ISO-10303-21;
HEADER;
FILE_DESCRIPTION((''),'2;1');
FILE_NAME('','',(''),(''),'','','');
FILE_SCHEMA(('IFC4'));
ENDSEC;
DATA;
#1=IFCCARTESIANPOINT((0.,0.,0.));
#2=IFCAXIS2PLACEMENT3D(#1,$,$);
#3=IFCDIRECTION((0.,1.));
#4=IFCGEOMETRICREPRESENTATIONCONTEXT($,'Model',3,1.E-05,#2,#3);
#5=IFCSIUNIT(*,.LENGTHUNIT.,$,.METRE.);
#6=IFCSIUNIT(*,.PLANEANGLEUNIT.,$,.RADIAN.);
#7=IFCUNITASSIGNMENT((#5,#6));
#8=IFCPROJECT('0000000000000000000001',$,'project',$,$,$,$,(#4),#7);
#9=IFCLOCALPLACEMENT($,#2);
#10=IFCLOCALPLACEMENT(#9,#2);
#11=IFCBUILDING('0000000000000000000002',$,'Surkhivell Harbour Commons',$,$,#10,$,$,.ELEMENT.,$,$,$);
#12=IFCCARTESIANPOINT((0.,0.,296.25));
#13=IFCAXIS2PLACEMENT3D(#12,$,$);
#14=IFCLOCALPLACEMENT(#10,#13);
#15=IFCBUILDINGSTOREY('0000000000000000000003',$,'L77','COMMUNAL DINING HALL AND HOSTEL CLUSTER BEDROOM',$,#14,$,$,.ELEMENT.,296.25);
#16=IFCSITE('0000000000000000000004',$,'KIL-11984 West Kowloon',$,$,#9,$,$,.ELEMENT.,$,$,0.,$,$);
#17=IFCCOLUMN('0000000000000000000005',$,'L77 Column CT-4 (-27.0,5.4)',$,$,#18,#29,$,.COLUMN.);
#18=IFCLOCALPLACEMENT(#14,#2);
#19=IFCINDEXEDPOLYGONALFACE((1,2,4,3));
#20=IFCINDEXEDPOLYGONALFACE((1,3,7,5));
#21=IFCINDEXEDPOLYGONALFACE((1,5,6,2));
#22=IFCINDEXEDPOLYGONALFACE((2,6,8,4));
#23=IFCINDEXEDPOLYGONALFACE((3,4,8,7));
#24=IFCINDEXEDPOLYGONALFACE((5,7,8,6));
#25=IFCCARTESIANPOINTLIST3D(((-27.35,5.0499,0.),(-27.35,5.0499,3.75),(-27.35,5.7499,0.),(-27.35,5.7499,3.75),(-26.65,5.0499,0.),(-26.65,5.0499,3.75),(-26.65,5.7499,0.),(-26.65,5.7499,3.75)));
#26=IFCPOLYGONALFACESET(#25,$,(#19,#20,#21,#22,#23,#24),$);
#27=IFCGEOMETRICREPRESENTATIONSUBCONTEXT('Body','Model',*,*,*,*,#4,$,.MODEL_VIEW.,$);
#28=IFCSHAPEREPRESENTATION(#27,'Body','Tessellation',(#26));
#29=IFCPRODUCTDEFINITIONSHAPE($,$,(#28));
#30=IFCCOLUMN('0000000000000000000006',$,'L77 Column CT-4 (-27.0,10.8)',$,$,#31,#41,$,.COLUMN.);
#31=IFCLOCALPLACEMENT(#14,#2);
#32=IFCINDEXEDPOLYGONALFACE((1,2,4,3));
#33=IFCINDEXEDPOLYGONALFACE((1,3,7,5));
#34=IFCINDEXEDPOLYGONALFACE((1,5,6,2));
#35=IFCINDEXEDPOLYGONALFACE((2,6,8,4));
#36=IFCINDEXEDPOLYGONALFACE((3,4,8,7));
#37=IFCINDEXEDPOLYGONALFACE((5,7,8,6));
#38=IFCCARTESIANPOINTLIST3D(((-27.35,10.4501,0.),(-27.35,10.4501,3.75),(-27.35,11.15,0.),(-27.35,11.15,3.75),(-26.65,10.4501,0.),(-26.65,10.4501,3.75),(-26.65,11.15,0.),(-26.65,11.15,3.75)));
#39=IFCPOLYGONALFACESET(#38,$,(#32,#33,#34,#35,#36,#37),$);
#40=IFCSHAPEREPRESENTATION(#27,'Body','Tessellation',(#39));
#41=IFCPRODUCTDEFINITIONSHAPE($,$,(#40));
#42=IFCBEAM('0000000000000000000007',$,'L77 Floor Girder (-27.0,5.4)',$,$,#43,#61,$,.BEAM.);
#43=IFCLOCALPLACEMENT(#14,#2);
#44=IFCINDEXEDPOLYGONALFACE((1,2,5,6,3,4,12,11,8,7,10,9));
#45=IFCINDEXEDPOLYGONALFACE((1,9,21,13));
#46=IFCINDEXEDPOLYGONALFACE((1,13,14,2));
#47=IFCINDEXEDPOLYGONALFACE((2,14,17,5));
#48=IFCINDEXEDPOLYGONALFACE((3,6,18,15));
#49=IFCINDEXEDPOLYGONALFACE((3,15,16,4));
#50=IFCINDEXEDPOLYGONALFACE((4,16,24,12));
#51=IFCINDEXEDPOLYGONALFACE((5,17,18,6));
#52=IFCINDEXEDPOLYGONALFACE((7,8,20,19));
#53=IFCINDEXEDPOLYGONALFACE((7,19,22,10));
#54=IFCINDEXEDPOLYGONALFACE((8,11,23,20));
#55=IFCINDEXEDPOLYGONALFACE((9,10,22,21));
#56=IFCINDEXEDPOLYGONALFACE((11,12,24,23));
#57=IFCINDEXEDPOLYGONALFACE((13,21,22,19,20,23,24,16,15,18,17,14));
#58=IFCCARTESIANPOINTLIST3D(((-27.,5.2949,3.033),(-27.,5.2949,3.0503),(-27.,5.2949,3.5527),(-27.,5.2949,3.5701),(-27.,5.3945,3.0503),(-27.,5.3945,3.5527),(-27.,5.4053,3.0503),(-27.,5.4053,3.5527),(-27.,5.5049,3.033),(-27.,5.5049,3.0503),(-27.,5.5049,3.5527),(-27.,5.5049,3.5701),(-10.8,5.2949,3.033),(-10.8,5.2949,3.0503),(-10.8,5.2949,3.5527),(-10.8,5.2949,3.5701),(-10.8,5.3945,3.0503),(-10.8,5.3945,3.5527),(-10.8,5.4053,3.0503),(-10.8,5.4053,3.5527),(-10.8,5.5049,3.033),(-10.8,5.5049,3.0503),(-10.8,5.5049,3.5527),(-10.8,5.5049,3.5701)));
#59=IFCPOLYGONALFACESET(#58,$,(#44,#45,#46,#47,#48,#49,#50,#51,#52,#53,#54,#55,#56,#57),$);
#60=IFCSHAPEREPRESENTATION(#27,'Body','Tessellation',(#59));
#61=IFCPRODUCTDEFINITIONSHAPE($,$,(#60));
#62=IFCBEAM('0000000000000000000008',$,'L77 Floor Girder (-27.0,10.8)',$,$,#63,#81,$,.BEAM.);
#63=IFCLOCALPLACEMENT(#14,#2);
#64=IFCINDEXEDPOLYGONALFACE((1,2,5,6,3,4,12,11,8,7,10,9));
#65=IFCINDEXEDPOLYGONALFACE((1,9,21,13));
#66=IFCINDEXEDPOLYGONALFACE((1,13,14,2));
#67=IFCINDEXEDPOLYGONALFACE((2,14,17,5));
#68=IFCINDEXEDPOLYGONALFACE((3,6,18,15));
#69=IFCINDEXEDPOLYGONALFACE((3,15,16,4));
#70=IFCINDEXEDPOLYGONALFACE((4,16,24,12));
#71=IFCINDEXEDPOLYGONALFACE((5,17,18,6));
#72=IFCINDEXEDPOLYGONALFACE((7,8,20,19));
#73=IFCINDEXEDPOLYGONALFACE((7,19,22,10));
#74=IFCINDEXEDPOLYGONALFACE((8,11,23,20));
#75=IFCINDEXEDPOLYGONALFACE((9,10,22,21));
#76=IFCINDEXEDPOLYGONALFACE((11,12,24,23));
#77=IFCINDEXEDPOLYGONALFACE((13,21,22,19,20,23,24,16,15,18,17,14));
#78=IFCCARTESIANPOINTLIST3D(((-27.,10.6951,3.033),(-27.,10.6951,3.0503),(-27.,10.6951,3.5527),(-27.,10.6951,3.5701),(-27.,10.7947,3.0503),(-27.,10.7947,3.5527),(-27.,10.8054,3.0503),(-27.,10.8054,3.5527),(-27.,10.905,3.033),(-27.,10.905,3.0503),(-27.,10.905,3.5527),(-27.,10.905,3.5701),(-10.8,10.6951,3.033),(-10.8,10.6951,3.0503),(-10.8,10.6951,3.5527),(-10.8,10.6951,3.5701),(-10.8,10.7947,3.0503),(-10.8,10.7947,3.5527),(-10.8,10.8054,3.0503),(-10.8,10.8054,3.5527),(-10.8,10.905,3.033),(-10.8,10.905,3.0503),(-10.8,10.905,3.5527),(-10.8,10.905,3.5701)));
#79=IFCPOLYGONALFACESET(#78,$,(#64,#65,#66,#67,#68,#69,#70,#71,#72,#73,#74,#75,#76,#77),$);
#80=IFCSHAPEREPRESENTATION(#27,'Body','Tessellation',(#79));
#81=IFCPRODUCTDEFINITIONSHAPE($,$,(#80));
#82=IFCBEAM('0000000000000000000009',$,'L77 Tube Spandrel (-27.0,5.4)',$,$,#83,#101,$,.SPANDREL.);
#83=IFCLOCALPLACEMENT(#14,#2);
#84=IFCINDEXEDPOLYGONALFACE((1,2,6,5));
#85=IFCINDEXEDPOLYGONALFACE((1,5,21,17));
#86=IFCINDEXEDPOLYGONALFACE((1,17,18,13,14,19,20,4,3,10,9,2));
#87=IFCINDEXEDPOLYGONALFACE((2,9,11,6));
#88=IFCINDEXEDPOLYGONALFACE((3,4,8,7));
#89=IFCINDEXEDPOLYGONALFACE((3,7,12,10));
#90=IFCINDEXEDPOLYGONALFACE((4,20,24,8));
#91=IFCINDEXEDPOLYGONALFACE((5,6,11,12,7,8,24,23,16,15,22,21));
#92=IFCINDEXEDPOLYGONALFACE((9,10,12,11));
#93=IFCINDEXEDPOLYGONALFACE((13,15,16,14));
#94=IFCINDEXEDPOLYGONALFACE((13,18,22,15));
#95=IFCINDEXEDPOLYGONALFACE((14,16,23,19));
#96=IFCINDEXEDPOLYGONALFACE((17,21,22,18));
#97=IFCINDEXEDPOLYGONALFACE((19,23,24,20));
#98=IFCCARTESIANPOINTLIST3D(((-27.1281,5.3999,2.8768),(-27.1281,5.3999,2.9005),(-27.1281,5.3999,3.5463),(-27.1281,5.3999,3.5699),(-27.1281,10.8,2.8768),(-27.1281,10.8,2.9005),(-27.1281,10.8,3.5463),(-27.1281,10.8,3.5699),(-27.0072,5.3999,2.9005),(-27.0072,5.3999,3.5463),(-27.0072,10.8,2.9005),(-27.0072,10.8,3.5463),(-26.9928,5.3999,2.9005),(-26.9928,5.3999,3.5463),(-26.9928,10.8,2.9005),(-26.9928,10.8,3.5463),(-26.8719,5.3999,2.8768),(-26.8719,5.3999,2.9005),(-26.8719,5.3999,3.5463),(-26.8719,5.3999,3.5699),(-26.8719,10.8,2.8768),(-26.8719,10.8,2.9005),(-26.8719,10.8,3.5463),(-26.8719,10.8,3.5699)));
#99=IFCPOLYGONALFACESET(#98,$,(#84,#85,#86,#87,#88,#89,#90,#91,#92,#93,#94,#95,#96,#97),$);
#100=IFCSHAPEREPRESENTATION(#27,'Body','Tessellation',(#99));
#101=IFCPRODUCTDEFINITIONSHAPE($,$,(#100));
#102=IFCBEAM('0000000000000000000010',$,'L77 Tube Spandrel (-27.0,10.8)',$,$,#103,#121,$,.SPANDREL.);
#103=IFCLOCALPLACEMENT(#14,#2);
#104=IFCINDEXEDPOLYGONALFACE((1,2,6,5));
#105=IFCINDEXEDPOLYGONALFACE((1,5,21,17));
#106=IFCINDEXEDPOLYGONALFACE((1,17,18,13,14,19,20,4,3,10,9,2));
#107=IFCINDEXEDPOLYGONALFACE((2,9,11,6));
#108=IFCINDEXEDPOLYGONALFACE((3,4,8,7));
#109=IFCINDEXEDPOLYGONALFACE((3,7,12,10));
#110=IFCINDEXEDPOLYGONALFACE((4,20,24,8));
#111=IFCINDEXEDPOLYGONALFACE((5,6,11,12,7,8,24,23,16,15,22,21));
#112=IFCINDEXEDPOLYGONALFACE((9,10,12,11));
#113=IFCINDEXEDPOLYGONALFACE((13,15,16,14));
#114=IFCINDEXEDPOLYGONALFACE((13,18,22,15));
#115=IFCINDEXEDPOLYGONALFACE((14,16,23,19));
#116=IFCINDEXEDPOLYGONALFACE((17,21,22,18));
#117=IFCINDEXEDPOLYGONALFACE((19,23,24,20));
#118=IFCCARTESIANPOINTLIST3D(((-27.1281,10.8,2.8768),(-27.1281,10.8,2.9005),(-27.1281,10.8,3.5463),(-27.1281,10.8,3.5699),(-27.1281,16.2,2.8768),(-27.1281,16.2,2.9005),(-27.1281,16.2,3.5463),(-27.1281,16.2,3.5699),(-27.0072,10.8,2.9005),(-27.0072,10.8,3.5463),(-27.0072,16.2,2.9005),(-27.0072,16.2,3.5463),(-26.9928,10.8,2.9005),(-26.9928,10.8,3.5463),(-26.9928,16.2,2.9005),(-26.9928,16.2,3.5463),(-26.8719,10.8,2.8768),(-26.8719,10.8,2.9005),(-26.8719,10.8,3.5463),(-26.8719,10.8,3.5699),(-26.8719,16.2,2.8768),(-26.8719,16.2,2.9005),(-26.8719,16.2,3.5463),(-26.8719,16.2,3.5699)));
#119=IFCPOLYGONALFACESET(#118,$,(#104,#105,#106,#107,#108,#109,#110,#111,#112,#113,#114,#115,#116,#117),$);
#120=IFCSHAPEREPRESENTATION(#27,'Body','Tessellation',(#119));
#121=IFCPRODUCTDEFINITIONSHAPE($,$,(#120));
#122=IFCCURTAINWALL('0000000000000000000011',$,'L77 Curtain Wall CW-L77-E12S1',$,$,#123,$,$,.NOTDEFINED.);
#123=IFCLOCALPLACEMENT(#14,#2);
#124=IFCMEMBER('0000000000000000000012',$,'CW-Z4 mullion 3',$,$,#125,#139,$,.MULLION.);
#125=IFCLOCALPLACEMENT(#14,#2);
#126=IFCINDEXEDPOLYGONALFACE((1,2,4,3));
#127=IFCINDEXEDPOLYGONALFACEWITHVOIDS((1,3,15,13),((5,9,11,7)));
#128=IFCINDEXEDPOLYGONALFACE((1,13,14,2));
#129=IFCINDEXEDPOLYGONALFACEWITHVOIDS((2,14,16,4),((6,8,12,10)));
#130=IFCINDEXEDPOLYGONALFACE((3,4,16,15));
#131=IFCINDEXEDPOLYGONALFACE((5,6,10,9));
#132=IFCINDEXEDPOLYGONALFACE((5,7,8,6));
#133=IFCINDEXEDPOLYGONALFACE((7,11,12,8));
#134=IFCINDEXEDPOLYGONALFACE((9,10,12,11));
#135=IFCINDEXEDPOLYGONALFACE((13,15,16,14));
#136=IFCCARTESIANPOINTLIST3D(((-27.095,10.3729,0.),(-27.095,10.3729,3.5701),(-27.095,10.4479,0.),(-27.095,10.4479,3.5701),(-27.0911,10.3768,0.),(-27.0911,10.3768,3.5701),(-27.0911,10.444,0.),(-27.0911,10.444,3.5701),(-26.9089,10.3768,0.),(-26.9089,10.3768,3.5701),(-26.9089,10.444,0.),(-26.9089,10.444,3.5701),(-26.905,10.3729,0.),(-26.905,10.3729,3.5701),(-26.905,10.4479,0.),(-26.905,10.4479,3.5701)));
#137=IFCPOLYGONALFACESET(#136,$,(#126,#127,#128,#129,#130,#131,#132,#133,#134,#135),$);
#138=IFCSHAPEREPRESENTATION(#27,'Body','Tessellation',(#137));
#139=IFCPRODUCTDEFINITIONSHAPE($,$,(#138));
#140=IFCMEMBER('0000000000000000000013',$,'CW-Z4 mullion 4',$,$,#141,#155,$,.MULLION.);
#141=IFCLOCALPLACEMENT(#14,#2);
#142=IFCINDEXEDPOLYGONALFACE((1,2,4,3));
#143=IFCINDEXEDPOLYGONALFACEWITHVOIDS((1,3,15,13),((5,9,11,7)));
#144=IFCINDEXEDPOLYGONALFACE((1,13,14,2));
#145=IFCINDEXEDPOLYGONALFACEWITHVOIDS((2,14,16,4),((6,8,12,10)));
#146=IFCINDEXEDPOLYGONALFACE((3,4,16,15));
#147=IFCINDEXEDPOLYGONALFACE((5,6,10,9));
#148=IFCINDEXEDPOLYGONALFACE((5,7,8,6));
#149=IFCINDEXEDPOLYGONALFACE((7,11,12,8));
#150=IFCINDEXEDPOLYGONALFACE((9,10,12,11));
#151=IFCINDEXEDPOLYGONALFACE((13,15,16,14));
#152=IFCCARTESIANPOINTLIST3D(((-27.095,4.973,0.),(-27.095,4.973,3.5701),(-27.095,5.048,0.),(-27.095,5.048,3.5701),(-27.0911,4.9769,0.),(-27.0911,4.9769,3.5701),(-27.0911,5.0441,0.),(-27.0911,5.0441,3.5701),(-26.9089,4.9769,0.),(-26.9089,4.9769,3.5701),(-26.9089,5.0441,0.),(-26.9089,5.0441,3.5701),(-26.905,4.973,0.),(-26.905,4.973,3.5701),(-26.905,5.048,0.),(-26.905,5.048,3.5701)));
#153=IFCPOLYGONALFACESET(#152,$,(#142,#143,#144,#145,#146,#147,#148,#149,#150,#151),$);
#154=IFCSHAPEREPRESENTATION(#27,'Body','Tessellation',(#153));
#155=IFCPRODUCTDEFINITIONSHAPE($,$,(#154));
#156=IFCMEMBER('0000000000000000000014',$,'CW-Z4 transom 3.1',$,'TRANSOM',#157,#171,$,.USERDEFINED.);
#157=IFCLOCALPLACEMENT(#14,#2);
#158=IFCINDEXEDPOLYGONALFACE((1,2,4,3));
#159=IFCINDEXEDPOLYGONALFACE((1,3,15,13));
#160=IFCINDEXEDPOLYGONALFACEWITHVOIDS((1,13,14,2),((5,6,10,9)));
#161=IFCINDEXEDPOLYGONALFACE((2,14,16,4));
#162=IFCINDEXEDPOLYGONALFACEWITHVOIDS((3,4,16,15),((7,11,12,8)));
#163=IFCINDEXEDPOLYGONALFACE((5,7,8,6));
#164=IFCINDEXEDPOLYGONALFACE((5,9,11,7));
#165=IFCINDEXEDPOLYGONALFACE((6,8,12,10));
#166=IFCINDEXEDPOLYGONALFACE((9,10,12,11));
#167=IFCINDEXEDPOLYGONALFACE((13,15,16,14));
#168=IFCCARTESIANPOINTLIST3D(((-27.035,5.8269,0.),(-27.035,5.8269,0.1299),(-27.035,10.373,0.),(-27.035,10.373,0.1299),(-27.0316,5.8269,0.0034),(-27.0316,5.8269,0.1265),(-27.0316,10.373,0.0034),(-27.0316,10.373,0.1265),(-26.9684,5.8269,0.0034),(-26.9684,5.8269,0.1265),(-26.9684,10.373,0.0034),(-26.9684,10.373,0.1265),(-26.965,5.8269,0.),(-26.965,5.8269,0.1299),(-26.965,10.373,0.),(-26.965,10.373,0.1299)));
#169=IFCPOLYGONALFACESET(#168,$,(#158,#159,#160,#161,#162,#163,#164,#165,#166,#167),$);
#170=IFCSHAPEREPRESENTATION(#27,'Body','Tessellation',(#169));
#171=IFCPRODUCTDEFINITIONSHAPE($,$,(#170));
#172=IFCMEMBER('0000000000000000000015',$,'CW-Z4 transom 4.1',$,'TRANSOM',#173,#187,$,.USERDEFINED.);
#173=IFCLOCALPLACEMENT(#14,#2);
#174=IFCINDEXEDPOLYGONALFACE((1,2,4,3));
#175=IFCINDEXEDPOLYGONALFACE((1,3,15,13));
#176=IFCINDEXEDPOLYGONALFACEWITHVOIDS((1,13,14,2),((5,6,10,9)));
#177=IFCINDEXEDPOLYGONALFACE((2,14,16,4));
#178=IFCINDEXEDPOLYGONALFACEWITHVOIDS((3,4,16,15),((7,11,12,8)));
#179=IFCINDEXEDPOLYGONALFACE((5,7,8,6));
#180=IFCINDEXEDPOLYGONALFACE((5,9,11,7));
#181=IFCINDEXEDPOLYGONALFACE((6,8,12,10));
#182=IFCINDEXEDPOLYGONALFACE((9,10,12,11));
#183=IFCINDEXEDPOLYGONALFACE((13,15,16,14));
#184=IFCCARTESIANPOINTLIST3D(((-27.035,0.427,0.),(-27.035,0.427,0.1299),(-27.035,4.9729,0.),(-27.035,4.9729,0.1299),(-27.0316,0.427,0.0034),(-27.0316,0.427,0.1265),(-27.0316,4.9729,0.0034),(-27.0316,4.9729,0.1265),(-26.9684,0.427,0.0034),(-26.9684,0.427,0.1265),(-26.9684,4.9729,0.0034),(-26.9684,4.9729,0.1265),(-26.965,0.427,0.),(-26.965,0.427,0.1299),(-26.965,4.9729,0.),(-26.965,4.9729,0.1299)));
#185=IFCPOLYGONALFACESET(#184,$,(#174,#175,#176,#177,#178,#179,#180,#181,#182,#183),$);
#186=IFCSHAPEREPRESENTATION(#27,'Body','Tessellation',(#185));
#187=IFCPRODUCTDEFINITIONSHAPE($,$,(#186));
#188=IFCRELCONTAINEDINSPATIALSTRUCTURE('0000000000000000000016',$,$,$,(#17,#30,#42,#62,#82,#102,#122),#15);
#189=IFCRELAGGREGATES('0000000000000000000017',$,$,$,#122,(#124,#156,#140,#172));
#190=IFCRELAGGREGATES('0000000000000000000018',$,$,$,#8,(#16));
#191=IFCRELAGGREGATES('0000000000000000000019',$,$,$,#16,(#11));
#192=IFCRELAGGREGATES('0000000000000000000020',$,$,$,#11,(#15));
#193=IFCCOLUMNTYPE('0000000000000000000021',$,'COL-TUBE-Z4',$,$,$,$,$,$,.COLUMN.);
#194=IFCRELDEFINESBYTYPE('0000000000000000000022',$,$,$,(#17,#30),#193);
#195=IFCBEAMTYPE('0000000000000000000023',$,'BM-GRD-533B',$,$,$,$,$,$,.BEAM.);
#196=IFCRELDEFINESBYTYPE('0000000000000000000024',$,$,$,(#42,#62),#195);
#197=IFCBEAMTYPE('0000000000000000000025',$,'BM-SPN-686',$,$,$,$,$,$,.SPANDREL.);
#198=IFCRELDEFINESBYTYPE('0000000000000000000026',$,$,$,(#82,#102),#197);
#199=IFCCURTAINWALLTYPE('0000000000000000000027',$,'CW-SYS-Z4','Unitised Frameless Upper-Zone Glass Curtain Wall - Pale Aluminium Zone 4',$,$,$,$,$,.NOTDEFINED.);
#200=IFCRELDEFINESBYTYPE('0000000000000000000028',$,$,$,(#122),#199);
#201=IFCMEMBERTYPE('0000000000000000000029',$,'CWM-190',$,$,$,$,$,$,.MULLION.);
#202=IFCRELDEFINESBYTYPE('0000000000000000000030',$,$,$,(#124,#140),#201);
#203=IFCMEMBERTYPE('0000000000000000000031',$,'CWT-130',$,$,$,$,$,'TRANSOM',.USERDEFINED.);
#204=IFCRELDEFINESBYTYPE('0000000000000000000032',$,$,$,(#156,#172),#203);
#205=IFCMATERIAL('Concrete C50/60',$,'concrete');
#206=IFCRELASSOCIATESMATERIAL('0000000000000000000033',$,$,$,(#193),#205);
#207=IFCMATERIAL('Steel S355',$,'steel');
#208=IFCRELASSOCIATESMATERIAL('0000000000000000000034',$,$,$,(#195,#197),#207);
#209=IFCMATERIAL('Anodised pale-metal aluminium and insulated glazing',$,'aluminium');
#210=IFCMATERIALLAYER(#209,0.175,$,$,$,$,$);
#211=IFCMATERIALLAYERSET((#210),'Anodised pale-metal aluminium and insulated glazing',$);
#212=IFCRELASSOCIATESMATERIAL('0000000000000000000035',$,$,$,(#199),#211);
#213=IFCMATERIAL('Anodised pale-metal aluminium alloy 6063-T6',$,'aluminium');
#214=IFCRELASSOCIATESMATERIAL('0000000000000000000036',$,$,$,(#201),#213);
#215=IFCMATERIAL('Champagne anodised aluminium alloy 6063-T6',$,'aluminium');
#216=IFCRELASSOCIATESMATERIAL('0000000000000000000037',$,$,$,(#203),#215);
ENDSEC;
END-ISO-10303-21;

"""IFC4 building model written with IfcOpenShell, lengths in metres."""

from ifc_helpers import new_model, si_unit, direction, frame, origin, origin_2d, place, context, subcontext, project, spatial, rectangle, hollow_rectangle, i_section, extrude, material, layer, layer_set, material_profile, profile_set, type_object, element, aggregate, save


model = new_model("IFC4")

# Units and contexts
model_context = context("Model", 3, precision=1e-05, world=origin(), true_north=direction((0.0, 1.0)))
body_context = subcontext(model_context, "Body", "Model", "MODEL_VIEW")
ifc_project = project(units=[si_unit("LENGTHUNIT", "METRE"), si_unit("PLANEANGLEUNIT", "RADIAN")], contexts=[model_context])

# Site, building, storey
site_placement = place(None, origin())
site = spatial("IfcSite", under=ifc_project, at=site_placement, Name="KIL-11984 West Kowloon", CompositionType="ELEMENT", RefElevation=0.0)
building_placement = place(site_placement, origin())
building = spatial("IfcBuilding", under=site, at=building_placement, Name="Surkhivell Harbour Commons", CompositionType="ELEMENT")
storey_placement = place(building_placement, frame((0.0, 0.0, 296.25)))
storey = spatial("IfcBuildingStorey", under=building, at=storey_placement, Name="L77", Description="COMMUNAL DINING HALL AND HOSTEL CLUSTER BEDROOM", CompositionType="ELEMENT", Elevation=296.25)

# Columns
ifc_material_1 = material(Name="Concrete C50/60", Category="concrete")
ifc_material_profile_1 = material_profile(ifc_material_1, rectangle(XDim=0.7, YDim=0.7, at=origin_2d()), Name="RC-COL-700x700")
ifc_profile_set_1 = profile_set([ifc_material_profile_1], Name="Concrete C50/60")
column_type = type_object("IfcColumnType", Name="COL-TUBE-Z4", PredefinedType="COLUMN", material=ifc_profile_set_1)
for number, where, z_axis, x_axis, name in (
    (1, (-27.0, 5.3999, 0.0), (0.0, 0.0, 1.0), (1.0, 0.0, 0.0), "L77 Column CT-4 (-27.0,5.4)"),
    (2, (-27.0, 10.8, 0.0), (0.0, 0.0, 1.0), (1.0, 0.0, 0.0), "L77 Column CT-4 (-27.0,10.8)"),
):
    element("IfcColumn", number, at=place(storey_placement, frame(where, z_axis=z_axis, x_axis=x_axis)), inside=storey, type_object=column_type, Name=name, PredefinedType="COLUMN", context=body_context, shape_type="SweptSolid", body=[
        extrude(rectangle(XDim=0.7, YDim=0.7, at=origin_2d()), origin(), (0.0, 0.0, 1.0), 3.75),
    ])

# Beams
ifc_material_2 = material(Name="Steel S355", Category="steel")
ifc_material_profile_2 = material_profile(ifc_material_2, i_section(OverallWidth=0.21, OverallDepth=0.5371, WebThickness=0.0107, FlangeThickness=0.0173, at=origin_2d()), Name="UB533x210x101")
ifc_profile_set_2 = profile_set([ifc_material_profile_2], Name="Steel S355")
beam_type_1 = type_object("IfcBeamType", Name="BM-GRD-533B", PredefinedType="BEAM", material=ifc_profile_set_2)
for number, where, z_axis, x_axis, name in (
    (3, (-27.0, 5.3999, 3.3015), (1.0, 0.0, 0.0), (0.0, 1.0, 0.0), "L77 Floor Girder (-27.0,5.4)"),
    (4, (-27.0, 10.8, 3.3015), (1.0, 0.0, 0.0), (0.0, 1.0, 0.0), "L77 Floor Girder (-27.0,10.8)"),
):
    element("IfcBeam", number, at=place(storey_placement, frame(where, z_axis=z_axis, x_axis=x_axis)), inside=storey, type_object=beam_type_1, Name=name, PredefinedType="BEAM", context=body_context, shape_type="SweptSolid", body=[
        extrude(i_section(OverallWidth=0.21, OverallDepth=0.5371, WebThickness=0.0107, FlangeThickness=0.0173, at=origin_2d()), origin(), (0.0, 0.0, 1.0), 16.2),
    ])
ifc_material_profile_3 = material_profile(ifc_material_2, i_section(OverallWidth=0.2561, OverallDepth=0.6931, WebThickness=0.0144, FlangeThickness=0.0237, at=origin_2d()), Name="UB686x254x170")
ifc_profile_set_3 = profile_set([ifc_material_profile_3], Name="Steel S355")
beam_type_2 = type_object("IfcBeamType", Name="BM-SPN-686", PredefinedType="SPANDREL", material=ifc_profile_set_3)
beam_1_placement = place(storey_placement, frame((-27.0, 5.3999, 3.2234), z_axis=(0.0, 1.0, 0.0), x_axis=(-1.0, 0.0, 0.0)))
element("IfcBeam", 5, at=beam_1_placement, inside=storey, type_object=beam_type_2, Name="L77 Tube Spandrel (-27.0,5.4)", PredefinedType="SPANDREL", context=body_context, shape_type="SweptSolid", body=[
    extrude(i_section(OverallWidth=0.2561, OverallDepth=0.6931, WebThickness=0.0144, FlangeThickness=0.0237, at=origin_2d()), origin(), (0.0, 0.0, 1.0), 5.4001),
])
beam_2_placement = place(storey_placement, frame((-27.0, 10.8, 3.2234), z_axis=(0.0, 1.0, 0.0), x_axis=(-1.0, 0.0, 0.0)))
element("IfcBeam", 6, at=beam_2_placement, inside=storey, type_object=beam_type_2, Name="L77 Tube Spandrel (-27.0,10.8)", PredefinedType="SPANDREL", context=body_context, shape_type="SweptSolid", body=[
    extrude(i_section(OverallWidth=0.2561, OverallDepth=0.6931, WebThickness=0.0144, FlangeThickness=0.0237, at=origin_2d()), origin(), (0.0, 0.0, 1.0), 5.3999),
])

# Curtain wall, members
ifc_material_3 = material(Name="Anodised pale-metal aluminium and insulated glazing", Category="aluminium")
ifc_layer_1 = layer(ifc_material_3, 0.175)
ifc_layer_set_1 = layer_set([ifc_layer_1], Name="Anodised pale-metal aluminium and insulated glazing")
curtain_wall_type = type_object("IfcCurtainWallType", Name="CW-SYS-Z4", Description="Unitised Frameless Upper-Zone Glass Curtain Wall - Pale Aluminium Zone 4", PredefinedType="NOTDEFINED", material=ifc_layer_set_1)
curtain_wall_placement = place(storey_placement, origin())
curtain_wall = element("IfcCurtainWall", 7, at=curtain_wall_placement, inside=storey, type_object=curtain_wall_type, Name="L77 Curtain Wall CW-L77-E12S1", PredefinedType="NOTDEFINED")
ifc_material_4 = material(Name="Anodised pale-metal aluminium alloy 6063-T6", Category="aluminium")
ifc_material_profile_4 = material_profile(ifc_material_4, hollow_rectangle(XDim=0.075, YDim=0.1899, WallThickness=0.0039, at=origin_2d()), Name="ALU-MULL-75x190")
ifc_profile_set_4 = profile_set([ifc_material_profile_4], Name="Anodised pale-metal aluminium alloy 6063-T6")
member_type_1 = type_object("IfcMemberType", Name="CWM-190", PredefinedType="MULLION", material=ifc_profile_set_4)
member_1_placement = place(storey_placement, frame((-27.0, 10.4104, 0.0), z_axis=(0.0, 0.0, 1.0), x_axis=(0.0, -1.0, 0.0)))
member_1 = element("IfcMember", 8, at=member_1_placement, type_object=member_type_1, Name="CW-Z4 mullion 3", PredefinedType="MULLION", context=body_context, shape_type="SweptSolid", body=[
    extrude(hollow_rectangle(XDim=0.075, YDim=0.1899, WallThickness=0.0039, at=origin_2d()), origin(), (0.0, 0.0, 1.0), 3.5701),
])
member_2_placement = place(storey_placement, frame((-27.0, 5.0105, 0.0), z_axis=(0.0, 0.0, 1.0), x_axis=(0.0, -1.0, 0.0)))
member_2 = element("IfcMember", 9, at=member_2_placement, type_object=member_type_1, Name="CW-Z4 mullion 4", PredefinedType="MULLION", context=body_context, shape_type="SweptSolid", body=[
    extrude(hollow_rectangle(XDim=0.075, YDim=0.1899, WallThickness=0.0039, at=origin_2d()), origin(), (0.0, 0.0, 1.0), 3.5701),
])
ifc_material_5 = material(Name="Champagne anodised aluminium alloy 6063-T6", Category="aluminium")
ifc_material_profile_5 = material_profile(ifc_material_5, hollow_rectangle(XDim=0.0701, YDim=0.1299, WallThickness=0.0034, at=origin_2d()), Name="ALU-TRAN-70x130")
ifc_profile_set_5 = profile_set([ifc_material_profile_5], Name="Champagne anodised aluminium alloy 6063-T6")
member_type_2 = type_object("IfcMemberType", Name="CWT-130", ElementType="TRANSOM", PredefinedType="USERDEFINED", material=ifc_profile_set_5)
member_3_placement = place(storey_placement, frame((-27.0, 10.373, 0.0649), z_axis=(0.0, -1.0, 0.0), x_axis=(1.0, 0.0, 0.0)))
member_3 = element("IfcMember", 10, at=member_3_placement, type_object=member_type_2, Name="CW-Z4 transom 3.1", ObjectType="TRANSOM", PredefinedType="USERDEFINED", context=body_context, shape_type="SweptSolid", body=[
    extrude(hollow_rectangle(XDim=0.0701, YDim=0.1299, WallThickness=0.0034, at=origin_2d()), origin(), (0.0, 0.0, 1.0), 4.5461),
])
member_4_placement = place(storey_placement, frame((-27.0, 4.9729, 0.0649), z_axis=(0.0, -1.0, 0.0), x_axis=(1.0, 0.0, 0.0)))
member_4 = element("IfcMember", 11, at=member_4_placement, type_object=member_type_2, Name="CW-Z4 transom 4.1", ObjectType="TRANSOM", PredefinedType="USERDEFINED", context=body_context, shape_type="SweptSolid", body=[
    extrude(hollow_rectangle(XDim=0.0701, YDim=0.1299, WallThickness=0.0034, at=origin_2d()), origin(), (0.0, 0.0, 1.0), 4.5459),
])
aggregate(curtain_wall, [member_1, member_3, member_2, member_4])

save(model, "model.ifc")
